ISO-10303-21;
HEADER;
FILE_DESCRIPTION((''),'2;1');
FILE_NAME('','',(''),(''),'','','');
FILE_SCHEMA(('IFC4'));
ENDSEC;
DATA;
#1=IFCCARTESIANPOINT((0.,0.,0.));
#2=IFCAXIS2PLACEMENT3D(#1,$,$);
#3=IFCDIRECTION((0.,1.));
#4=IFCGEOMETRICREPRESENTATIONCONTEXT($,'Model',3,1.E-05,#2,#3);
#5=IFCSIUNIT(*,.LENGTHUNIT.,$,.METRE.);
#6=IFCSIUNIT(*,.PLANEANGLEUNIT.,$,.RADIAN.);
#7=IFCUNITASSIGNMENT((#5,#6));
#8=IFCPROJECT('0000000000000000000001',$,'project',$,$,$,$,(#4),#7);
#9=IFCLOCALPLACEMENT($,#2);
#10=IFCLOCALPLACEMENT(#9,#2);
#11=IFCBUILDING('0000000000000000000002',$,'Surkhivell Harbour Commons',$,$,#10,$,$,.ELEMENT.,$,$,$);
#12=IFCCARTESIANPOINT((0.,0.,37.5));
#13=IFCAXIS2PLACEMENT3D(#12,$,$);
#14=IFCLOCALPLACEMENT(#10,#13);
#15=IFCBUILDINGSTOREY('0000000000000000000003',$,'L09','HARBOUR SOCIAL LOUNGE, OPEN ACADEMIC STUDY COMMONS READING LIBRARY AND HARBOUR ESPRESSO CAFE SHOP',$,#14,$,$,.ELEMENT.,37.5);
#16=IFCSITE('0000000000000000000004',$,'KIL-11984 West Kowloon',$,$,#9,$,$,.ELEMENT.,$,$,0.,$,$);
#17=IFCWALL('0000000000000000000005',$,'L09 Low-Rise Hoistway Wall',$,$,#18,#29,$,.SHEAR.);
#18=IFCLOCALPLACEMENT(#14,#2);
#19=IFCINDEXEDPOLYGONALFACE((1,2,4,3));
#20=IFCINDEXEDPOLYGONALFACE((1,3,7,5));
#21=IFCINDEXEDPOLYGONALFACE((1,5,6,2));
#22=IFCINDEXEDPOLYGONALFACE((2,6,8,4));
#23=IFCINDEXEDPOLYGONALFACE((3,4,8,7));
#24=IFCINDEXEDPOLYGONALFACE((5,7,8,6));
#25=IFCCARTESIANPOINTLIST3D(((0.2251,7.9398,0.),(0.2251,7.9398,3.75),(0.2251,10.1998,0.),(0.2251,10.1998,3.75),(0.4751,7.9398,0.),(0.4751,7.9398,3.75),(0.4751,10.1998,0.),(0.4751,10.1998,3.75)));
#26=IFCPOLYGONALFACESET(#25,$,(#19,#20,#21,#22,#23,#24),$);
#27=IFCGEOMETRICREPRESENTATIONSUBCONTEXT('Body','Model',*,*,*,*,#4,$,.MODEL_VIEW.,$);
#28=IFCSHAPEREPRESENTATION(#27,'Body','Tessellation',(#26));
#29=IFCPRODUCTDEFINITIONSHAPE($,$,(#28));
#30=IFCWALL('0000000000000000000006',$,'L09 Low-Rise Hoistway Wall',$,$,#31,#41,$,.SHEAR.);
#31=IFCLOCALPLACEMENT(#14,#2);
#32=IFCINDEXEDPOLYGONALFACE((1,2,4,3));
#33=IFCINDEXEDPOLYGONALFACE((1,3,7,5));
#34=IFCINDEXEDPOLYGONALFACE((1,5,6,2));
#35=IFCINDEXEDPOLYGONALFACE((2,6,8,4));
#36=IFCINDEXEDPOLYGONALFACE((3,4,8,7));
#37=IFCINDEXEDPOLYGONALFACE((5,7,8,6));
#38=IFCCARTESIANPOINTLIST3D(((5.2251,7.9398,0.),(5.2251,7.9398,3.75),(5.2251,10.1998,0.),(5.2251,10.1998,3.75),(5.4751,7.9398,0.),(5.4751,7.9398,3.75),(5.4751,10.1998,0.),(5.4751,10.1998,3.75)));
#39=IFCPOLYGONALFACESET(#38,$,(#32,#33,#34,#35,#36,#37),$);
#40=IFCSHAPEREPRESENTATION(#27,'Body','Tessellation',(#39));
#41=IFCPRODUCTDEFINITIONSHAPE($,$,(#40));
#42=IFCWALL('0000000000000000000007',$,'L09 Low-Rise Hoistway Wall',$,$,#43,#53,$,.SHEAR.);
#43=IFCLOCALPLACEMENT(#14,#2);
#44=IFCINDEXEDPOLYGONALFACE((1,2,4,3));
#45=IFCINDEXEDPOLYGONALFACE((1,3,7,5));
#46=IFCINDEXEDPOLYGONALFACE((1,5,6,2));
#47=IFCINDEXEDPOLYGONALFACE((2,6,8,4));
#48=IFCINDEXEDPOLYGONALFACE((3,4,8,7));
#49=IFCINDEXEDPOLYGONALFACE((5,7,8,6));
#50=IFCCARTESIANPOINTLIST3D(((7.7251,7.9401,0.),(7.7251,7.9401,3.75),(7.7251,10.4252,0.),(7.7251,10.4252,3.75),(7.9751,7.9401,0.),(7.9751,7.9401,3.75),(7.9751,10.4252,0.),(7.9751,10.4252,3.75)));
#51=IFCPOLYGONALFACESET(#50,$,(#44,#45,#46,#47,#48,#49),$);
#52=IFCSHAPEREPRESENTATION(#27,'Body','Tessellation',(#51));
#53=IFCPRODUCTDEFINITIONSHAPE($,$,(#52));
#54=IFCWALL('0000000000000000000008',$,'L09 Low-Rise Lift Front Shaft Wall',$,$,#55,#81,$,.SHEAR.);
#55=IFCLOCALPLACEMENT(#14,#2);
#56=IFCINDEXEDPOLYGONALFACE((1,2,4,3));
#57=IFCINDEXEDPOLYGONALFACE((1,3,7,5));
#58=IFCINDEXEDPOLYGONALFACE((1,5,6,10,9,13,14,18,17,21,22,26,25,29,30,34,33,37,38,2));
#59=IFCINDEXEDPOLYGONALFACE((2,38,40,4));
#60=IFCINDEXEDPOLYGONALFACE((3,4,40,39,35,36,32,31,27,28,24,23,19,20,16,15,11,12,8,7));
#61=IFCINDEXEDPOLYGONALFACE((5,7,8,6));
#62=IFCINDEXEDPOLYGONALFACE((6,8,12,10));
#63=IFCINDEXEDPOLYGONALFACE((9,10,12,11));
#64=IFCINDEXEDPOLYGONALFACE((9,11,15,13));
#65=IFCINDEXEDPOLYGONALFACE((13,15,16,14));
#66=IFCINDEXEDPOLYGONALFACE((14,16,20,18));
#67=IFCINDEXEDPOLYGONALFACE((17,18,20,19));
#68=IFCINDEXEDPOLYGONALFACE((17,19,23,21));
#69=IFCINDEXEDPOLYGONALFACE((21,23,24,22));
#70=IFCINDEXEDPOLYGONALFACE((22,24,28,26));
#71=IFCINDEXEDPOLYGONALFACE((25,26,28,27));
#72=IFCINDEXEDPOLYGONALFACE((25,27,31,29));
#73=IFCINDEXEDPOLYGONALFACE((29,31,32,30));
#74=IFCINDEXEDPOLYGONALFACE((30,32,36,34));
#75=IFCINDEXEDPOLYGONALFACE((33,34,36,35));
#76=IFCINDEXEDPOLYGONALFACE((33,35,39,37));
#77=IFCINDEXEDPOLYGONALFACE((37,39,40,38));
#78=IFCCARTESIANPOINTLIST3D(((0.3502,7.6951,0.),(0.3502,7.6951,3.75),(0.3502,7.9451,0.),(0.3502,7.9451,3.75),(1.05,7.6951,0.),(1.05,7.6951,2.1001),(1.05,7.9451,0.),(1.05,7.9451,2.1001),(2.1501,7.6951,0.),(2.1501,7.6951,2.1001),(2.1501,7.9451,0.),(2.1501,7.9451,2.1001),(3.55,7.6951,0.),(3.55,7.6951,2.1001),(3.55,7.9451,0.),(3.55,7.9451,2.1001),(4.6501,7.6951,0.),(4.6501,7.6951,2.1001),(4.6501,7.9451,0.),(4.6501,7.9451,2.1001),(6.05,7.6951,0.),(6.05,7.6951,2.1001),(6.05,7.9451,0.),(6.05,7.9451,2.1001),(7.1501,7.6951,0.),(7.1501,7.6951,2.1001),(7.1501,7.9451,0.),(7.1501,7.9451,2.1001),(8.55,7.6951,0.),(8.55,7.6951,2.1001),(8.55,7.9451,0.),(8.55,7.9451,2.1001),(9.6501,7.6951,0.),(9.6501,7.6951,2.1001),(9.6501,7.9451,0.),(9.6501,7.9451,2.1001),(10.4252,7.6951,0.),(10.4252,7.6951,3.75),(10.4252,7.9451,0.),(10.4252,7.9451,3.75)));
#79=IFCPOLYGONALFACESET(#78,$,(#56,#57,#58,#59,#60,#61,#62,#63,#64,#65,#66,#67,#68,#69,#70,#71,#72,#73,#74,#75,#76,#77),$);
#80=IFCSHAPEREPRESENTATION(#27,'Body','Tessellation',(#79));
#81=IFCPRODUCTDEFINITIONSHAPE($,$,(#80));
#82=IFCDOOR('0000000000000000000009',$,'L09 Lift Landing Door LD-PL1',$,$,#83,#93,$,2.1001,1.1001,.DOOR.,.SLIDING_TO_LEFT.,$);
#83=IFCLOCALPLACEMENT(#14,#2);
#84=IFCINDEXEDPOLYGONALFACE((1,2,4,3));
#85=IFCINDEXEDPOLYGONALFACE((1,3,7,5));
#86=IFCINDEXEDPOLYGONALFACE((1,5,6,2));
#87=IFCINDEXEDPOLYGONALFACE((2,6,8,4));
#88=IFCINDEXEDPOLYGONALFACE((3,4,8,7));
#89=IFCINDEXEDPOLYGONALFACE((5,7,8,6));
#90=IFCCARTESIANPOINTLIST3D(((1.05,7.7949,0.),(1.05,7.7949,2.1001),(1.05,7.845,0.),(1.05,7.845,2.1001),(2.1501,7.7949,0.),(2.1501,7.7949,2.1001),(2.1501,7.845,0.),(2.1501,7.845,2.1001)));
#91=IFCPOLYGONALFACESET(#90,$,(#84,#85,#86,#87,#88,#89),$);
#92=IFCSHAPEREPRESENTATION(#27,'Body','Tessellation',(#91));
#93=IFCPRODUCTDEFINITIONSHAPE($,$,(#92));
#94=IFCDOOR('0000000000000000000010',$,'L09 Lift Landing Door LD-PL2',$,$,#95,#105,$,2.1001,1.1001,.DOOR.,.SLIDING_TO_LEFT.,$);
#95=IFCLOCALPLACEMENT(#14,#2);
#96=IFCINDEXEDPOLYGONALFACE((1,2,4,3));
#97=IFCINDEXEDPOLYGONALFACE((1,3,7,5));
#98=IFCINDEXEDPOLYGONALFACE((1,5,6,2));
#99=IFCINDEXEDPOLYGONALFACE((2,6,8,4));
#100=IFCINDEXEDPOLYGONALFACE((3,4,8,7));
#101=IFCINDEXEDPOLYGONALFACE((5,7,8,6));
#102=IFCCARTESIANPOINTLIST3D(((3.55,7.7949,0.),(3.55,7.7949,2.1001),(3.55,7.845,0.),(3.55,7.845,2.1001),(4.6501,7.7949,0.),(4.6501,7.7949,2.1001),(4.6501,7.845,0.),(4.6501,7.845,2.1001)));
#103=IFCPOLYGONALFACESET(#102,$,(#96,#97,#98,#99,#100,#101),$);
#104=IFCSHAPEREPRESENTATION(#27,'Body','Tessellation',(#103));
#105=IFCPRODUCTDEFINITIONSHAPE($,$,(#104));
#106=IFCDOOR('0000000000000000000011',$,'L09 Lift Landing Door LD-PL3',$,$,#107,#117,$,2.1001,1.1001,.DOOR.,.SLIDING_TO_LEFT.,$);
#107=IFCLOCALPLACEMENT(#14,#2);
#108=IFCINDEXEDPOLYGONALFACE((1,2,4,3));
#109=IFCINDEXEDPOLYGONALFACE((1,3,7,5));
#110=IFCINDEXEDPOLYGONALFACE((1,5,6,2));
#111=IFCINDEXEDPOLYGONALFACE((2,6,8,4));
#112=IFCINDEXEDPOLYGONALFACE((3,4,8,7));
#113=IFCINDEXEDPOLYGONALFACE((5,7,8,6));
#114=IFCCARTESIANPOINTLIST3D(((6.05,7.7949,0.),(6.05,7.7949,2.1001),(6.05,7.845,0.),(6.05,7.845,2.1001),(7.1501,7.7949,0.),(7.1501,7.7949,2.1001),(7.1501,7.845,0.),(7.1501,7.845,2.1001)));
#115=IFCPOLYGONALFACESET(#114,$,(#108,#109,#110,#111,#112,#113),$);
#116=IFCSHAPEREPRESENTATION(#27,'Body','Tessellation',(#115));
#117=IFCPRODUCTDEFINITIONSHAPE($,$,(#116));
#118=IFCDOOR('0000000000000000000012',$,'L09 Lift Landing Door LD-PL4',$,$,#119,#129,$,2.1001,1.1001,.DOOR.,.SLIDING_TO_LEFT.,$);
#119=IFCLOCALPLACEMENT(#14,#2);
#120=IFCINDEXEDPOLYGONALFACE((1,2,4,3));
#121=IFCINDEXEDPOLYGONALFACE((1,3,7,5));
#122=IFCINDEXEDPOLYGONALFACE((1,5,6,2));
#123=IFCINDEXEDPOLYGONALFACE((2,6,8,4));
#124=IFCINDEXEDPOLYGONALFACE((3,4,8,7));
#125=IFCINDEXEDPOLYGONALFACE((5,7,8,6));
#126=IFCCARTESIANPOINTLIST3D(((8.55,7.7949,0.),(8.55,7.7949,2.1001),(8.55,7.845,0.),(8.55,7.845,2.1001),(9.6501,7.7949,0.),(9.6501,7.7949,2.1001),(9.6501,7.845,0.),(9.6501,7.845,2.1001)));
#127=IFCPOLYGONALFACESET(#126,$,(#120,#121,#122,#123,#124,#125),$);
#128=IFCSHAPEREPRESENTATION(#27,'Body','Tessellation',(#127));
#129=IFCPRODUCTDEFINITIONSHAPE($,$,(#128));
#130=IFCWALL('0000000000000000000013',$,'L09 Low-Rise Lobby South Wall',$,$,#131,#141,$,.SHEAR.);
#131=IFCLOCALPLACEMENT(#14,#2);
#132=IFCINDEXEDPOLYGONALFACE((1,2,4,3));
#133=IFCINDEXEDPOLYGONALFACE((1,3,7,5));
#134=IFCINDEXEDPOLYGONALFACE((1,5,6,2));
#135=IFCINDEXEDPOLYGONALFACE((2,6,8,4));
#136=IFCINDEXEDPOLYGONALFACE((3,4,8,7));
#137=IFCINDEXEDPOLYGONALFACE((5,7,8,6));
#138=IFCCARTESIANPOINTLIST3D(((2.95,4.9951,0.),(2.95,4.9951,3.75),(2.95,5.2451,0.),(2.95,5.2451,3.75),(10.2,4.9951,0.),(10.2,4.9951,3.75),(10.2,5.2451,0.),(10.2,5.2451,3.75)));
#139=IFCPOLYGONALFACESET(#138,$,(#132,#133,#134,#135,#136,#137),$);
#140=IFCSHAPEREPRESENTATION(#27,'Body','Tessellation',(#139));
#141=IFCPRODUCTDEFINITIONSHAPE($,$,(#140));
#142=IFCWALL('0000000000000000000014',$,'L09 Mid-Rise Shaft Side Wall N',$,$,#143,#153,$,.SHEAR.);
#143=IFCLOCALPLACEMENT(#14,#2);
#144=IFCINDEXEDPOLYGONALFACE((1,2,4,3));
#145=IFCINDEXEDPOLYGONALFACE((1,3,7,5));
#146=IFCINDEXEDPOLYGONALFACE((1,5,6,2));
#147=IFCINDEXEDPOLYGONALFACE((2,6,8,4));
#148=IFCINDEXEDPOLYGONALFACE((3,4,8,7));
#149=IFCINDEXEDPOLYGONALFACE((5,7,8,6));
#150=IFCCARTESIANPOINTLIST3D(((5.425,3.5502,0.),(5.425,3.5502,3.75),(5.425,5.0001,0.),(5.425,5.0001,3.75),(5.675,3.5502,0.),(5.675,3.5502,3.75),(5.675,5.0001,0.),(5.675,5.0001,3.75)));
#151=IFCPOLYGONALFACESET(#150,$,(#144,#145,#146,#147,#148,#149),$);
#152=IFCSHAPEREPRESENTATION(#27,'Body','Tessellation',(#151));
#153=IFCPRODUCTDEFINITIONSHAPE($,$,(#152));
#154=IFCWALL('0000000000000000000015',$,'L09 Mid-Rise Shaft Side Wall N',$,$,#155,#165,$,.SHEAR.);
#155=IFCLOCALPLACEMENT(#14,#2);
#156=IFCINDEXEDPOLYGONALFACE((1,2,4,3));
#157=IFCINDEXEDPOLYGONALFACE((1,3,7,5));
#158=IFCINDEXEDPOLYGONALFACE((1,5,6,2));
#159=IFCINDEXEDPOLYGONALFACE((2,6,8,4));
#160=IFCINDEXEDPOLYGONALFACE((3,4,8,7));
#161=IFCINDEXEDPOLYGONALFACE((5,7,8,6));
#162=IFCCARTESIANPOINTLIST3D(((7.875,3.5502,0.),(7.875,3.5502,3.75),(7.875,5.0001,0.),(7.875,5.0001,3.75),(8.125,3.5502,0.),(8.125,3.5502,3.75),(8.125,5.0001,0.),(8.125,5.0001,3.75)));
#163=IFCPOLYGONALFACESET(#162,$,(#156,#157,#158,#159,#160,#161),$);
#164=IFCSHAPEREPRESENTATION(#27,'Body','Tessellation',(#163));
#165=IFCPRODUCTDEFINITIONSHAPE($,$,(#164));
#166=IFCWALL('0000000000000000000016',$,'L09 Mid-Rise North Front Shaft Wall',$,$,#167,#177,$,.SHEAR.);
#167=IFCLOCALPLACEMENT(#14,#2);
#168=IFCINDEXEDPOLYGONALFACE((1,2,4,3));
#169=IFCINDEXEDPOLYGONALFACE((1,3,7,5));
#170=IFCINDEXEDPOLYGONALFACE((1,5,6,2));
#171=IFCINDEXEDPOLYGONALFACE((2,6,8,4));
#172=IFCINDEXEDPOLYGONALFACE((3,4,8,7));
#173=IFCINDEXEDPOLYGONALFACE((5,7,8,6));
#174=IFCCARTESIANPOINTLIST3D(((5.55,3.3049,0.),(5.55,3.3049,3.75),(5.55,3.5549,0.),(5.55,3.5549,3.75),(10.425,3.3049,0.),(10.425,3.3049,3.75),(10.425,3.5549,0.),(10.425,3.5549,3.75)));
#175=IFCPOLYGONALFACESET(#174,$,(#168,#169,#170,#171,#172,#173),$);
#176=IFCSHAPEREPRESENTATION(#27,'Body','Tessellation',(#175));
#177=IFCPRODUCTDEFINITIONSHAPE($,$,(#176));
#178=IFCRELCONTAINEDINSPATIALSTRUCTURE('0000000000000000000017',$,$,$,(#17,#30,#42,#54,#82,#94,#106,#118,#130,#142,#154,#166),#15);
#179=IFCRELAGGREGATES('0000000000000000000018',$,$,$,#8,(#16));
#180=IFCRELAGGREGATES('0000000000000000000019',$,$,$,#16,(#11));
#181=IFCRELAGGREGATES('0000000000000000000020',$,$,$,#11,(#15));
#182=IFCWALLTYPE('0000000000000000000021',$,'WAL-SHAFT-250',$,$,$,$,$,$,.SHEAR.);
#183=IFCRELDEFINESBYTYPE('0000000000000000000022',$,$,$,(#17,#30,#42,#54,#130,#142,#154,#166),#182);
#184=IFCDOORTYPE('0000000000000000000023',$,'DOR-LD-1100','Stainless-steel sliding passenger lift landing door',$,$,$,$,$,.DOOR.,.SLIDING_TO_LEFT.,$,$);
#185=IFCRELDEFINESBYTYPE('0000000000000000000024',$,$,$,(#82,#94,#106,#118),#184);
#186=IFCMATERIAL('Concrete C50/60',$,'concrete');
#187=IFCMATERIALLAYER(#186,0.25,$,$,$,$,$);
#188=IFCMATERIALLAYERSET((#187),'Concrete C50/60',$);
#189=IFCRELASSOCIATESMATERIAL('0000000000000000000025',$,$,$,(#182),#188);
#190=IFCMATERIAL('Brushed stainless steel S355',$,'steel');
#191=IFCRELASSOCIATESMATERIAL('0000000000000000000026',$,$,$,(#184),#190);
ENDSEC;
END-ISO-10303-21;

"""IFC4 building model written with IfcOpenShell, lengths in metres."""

from ifc_helpers import new_model, si_unit, direction, frame, frame_2d, origin, place, context, subcontext, project, spatial, rectangle, extrude, material, layer, layer_set, type_object, element, fill, save


model = new_model("IFC4")

# Units and contexts
model_context = context("Model", 3, precision=1e-05, world=origin(), true_north=direction((0.0, 1.0)))
body_context = subcontext(model_context, "Body", "Model", "MODEL_VIEW")
ifc_project = project(units=[si_unit("LENGTHUNIT", "METRE"), si_unit("PLANEANGLEUNIT", "RADIAN")], contexts=[model_context])

# Site, building, storey
site_placement = place(None, origin())
site = spatial("IfcSite", under=ifc_project, at=site_placement, Name="KIL-11984 West Kowloon", CompositionType="ELEMENT", RefElevation=0.0)
building_placement = place(site_placement, origin())
building = spatial("IfcBuilding", under=site, at=building_placement, Name="Surkhivell Harbour Commons", CompositionType="ELEMENT")
storey_placement = place(building_placement, frame((0.0, 0.0, 37.5)))
storey = spatial("IfcBuildingStorey", under=building, at=storey_placement, Name="L09", Description="HARBOUR SOCIAL LOUNGE, OPEN ACADEMIC STUDY COMMONS READING LIBRARY AND HARBOUR ESPRESSO CAFE SHOP", CompositionType="ELEMENT", Elevation=37.5)

# Walls
ifc_material_1 = material(Name="Concrete C50/60", Category="concrete")
ifc_layer_1 = layer(ifc_material_1, 0.25)
ifc_layer_set_1 = layer_set([ifc_layer_1], Name="Concrete C50/60")
wall_type_1 = type_object("IfcWallType", Name="WAL-SHAFT-250", PredefinedType="SHEAR", material=ifc_layer_set_1)
for number, where, z_axis, x_axis, name in (
    (1, (0.3501, 7.9399, 0.0), (0.0, 0.0, 1.0), (0.0, 1.0, 0.0), "L09 Low-Rise Hoistway Wall"),
    (2, (5.3501, 7.9399, 0.0), (0.0, 0.0, 1.0), (0.0, 1.0, 0.0), "L09 Low-Rise Hoistway Wall"),
):
    element("IfcWall", number, at=place(storey_placement, frame(where, z_axis=z_axis, x_axis=x_axis)), inside=storey, type_object=wall_type_1, Name=name, PredefinedType="SHEAR", context=body_context, shape_type="SweptSolid", body=[
        extrude(rectangle(XDim=2.26, YDim=0.25, at=frame_2d((1.1299, 0.0))), origin(), (0.0, 0.0, 1.0), 3.75),
    ])
wall_1_placement = place(storey_placement, frame((7.8501, 7.9399, 0.0), z_axis=(0.0, 0.0, 1.0), x_axis=(0.0, 1.0, 0.0)))
element("IfcWall", 3, at=wall_1_placement, inside=storey, type_object=wall_type_1, Name="L09 Low-Rise Hoistway Wall", PredefinedType="SHEAR", context=body_context, shape_type="SweptSolid", body=[
    extrude(rectangle(XDim=2.4851, YDim=0.25, at=frame_2d((1.2427, 0.0))), origin(), (0.0, 0.0, 1.0), 3.75),
])

# Wall, openings, doors
wall_2_placement = place(storey_placement, frame((0.3501, 7.8201, 0.0), z_axis=(0.0, 0.0, 1.0), x_axis=(1.0, 0.0, 0.0)))
wall_2 = element("IfcWall", 4, at=wall_2_placement, inside=storey, type_object=wall_type_1, Name="L09 Low-Rise Lift Front Shaft Wall", PredefinedType="SHEAR", context=body_context, shape_type="SweptSolid", body=[
    extrude(rectangle(XDim=10.075, YDim=0.25, at=frame_2d((5.0376, 0.0))), origin(), (0.0, 0.0, 1.0), 3.75),
])
opening_1_placement = place(wall_2_placement, frame((0.7, 0.0, 0.0)))
opening_1 = element("IfcOpeningElement", 5, at=opening_1_placement, cuts=wall_2, PredefinedType="OPENING", context=body_context, shape_type="SweptSolid", body=[
    extrude(rectangle(XDim=1.1001, YDim=2.1001, at=frame_2d((0.55, 1.05))), frame((0.0, 0.135, 0.0), z_axis=(0.0, -1.0, 0.0), x_axis=(1.0, 0.0, 0.0)), (0.0, 0.0, 1.0), 0.27),
])
opening_2_placement = place(wall_2_placement, frame((3.2, 0.0, 0.0)))
opening_2 = element("IfcOpeningElement", 6, at=opening_2_placement, cuts=wall_2, PredefinedType="OPENING", context=body_context, shape_type="SweptSolid", body=[
    extrude(rectangle(XDim=1.1001, YDim=2.1001, at=frame_2d((0.55, 1.05))), frame((0.0, 0.135, 0.0), z_axis=(0.0, -1.0, 0.0), x_axis=(1.0, 0.0, 0.0)), (0.0, 0.0, 1.0), 0.27),
])
opening_3_placement = place(wall_2_placement, frame((5.7, 0.0, 0.0)))
opening_3 = element("IfcOpeningElement", 7, at=opening_3_placement, cuts=wall_2, PredefinedType="OPENING", context=body_context, shape_type="SweptSolid", body=[
    extrude(rectangle(XDim=1.1001, YDim=2.1001, at=frame_2d((0.55, 1.05))), frame((0.0, 0.135, 0.0), z_axis=(0.0, -1.0, 0.0), x_axis=(1.0, 0.0, 0.0)), (0.0, 0.0, 1.0), 0.27),
])
opening_4_placement = place(wall_2_placement, frame((8.2, 0.0, 0.0)))
opening_4 = element("IfcOpeningElement", 8, at=opening_4_placement, cuts=wall_2, PredefinedType="OPENING", context=body_context, shape_type="SweptSolid", body=[
    extrude(rectangle(XDim=1.1001, YDim=2.1001, at=frame_2d((0.55, 1.05))), frame((0.0, 0.135, 0.0), z_axis=(0.0, -1.0, 0.0), x_axis=(1.0, 0.0, 0.0)), (0.0, 0.0, 1.0), 0.27),
])
ifc_material_2 = material(Name="Brushed stainless steel S355", Category="steel")
door_type = type_object("IfcDoorType", Name="DOR-LD-1100", Description="Stainless-steel sliding passenger lift landing door", OperationType="SLIDING_TO_LEFT", PredefinedType="DOOR", material=ifc_material_2)
door_1_placement = place(opening_1_placement, origin())
door_1 = element("IfcDoor", 9, at=door_1_placement, inside=storey, type_object=door_type, Name="L09 Lift Landing Door LD-PL1", OperationType="SLIDING_TO_LEFT", OverallHeight=2.1001, OverallWidth=1.1001, PredefinedType="DOOR", context=body_context, shape_type="SweptSolid", body=[
    extrude(rectangle(XDim=1.1001, YDim=2.1001, at=frame_2d((0.55, 1.05))), frame((0.0, 0.0249, 0.0), z_axis=(0.0, -1.0, 0.0), x_axis=(1.0, 0.0, 0.0)), (0.0, 0.0, 1.0), 0.05),
])
fill(opening_1, door_1)
door_2_placement = place(opening_2_placement, origin())
door_2 = element("IfcDoor", 10, at=door_2_placement, inside=storey, type_object=door_type, Name="L09 Lift Landing Door LD-PL2", OperationType="SLIDING_TO_LEFT", OverallHeight=2.1001, OverallWidth=1.1001, PredefinedType="DOOR", context=body_context, shape_type="SweptSolid", body=[
    extrude(rectangle(XDim=1.1001, YDim=2.1001, at=frame_2d((0.55, 1.05))), frame((0.0, 0.0249, 0.0), z_axis=(0.0, -1.0, 0.0), x_axis=(1.0, 0.0, 0.0)), (0.0, 0.0, 1.0), 0.05),
])
fill(opening_2, door_2)
door_3_placement = place(opening_3_placement, origin())
door_3 = element("IfcDoor", 11, at=door_3_placement, inside=storey, type_object=door_type, Name="L09 Lift Landing Door LD-PL3", OperationType="SLIDING_TO_LEFT", OverallHeight=2.1001, OverallWidth=1.1001, PredefinedType="DOOR", context=body_context, shape_type="SweptSolid", body=[
    extrude(rectangle(XDim=1.1001, YDim=2.1001, at=frame_2d((0.55, 1.05))), frame((0.0, 0.0249, 0.0), z_axis=(0.0, -1.0, 0.0), x_axis=(1.0, 0.0, 0.0)), (0.0, 0.0, 1.0), 0.05),
])
fill(opening_3, door_3)
door_4_placement = place(opening_4_placement, origin())
door_4 = element("IfcDoor", 12, at=door_4_placement, inside=storey, type_object=door_type, Name="L09 Lift Landing Door LD-PL4", OperationType="SLIDING_TO_LEFT", OverallHeight=2.1001, OverallWidth=1.1001, PredefinedType="DOOR", context=body_context, shape_type="SweptSolid", body=[
    extrude(rectangle(XDim=1.1001, YDim=2.1001, at=frame_2d((0.55, 1.05))), frame((0.0, 0.0249, 0.0), z_axis=(0.0, -1.0, 0.0), x_axis=(1.0, 0.0, 0.0)), (0.0, 0.0, 1.0), 0.05),
])
fill(opening_4, door_4)

# Walls
wall_3_placement = place(storey_placement, frame((2.95, 5.1201, 0.0), z_axis=(0.0, 0.0, 1.0), x_axis=(1.0, 0.0, 0.0)))
element("IfcWall", 13, at=wall_3_placement, inside=storey, type_object=wall_type_1, Name="L09 Low-Rise Lobby South Wall", PredefinedType="SHEAR", context=body_context, shape_type="SweptSolid", body=[
    extrude(rectangle(XDim=7.25, YDim=0.25, at=frame_2d((3.625, 0.0))), origin(), (0.0, 0.0, 1.0), 3.75),
])
for number, where, z_axis, x_axis, name in (
    (14, (5.55, 3.55, 0.0), (0.0, 0.0, 1.0), (0.0, 1.0, 0.0), "L09 Mid-Rise Shaft Side Wall N"),
    (15, (8.0, 3.55, 0.0), (0.0, 0.0, 1.0), (0.0, 1.0, 0.0), "L09 Mid-Rise Shaft Side Wall N"),
):
    element("IfcWall", number, at=place(storey_placement, frame(where, z_axis=z_axis, x_axis=x_axis)), inside=storey, type_object=wall_type_1, Name=name, PredefinedType="SHEAR", context=body_context, shape_type="SweptSolid", body=[
        extrude(rectangle(XDim=1.45, YDim=0.25, at=frame_2d((0.7251, 0.0))), origin(), (0.0, 0.0, 1.0), 3.75),
    ])
wall_4_placement = place(storey_placement, frame((5.55, 3.4299, 0.0), z_axis=(0.0, 0.0, 1.0), x_axis=(1.0, 0.0, 0.0)))
element("IfcWall", 16, at=wall_4_placement, inside=storey, type_object=wall_type_1, Name="L09 Mid-Rise North Front Shaft Wall", PredefinedType="SHEAR", context=body_context, shape_type="SweptSolid", body=[
    extrude(rectangle(XDim=4.875, YDim=0.25, at=frame_2d((2.4375, 0.0))), origin(), (0.0, 0.0, 1.0), 3.75),
])

save(model, "model.ifc")
